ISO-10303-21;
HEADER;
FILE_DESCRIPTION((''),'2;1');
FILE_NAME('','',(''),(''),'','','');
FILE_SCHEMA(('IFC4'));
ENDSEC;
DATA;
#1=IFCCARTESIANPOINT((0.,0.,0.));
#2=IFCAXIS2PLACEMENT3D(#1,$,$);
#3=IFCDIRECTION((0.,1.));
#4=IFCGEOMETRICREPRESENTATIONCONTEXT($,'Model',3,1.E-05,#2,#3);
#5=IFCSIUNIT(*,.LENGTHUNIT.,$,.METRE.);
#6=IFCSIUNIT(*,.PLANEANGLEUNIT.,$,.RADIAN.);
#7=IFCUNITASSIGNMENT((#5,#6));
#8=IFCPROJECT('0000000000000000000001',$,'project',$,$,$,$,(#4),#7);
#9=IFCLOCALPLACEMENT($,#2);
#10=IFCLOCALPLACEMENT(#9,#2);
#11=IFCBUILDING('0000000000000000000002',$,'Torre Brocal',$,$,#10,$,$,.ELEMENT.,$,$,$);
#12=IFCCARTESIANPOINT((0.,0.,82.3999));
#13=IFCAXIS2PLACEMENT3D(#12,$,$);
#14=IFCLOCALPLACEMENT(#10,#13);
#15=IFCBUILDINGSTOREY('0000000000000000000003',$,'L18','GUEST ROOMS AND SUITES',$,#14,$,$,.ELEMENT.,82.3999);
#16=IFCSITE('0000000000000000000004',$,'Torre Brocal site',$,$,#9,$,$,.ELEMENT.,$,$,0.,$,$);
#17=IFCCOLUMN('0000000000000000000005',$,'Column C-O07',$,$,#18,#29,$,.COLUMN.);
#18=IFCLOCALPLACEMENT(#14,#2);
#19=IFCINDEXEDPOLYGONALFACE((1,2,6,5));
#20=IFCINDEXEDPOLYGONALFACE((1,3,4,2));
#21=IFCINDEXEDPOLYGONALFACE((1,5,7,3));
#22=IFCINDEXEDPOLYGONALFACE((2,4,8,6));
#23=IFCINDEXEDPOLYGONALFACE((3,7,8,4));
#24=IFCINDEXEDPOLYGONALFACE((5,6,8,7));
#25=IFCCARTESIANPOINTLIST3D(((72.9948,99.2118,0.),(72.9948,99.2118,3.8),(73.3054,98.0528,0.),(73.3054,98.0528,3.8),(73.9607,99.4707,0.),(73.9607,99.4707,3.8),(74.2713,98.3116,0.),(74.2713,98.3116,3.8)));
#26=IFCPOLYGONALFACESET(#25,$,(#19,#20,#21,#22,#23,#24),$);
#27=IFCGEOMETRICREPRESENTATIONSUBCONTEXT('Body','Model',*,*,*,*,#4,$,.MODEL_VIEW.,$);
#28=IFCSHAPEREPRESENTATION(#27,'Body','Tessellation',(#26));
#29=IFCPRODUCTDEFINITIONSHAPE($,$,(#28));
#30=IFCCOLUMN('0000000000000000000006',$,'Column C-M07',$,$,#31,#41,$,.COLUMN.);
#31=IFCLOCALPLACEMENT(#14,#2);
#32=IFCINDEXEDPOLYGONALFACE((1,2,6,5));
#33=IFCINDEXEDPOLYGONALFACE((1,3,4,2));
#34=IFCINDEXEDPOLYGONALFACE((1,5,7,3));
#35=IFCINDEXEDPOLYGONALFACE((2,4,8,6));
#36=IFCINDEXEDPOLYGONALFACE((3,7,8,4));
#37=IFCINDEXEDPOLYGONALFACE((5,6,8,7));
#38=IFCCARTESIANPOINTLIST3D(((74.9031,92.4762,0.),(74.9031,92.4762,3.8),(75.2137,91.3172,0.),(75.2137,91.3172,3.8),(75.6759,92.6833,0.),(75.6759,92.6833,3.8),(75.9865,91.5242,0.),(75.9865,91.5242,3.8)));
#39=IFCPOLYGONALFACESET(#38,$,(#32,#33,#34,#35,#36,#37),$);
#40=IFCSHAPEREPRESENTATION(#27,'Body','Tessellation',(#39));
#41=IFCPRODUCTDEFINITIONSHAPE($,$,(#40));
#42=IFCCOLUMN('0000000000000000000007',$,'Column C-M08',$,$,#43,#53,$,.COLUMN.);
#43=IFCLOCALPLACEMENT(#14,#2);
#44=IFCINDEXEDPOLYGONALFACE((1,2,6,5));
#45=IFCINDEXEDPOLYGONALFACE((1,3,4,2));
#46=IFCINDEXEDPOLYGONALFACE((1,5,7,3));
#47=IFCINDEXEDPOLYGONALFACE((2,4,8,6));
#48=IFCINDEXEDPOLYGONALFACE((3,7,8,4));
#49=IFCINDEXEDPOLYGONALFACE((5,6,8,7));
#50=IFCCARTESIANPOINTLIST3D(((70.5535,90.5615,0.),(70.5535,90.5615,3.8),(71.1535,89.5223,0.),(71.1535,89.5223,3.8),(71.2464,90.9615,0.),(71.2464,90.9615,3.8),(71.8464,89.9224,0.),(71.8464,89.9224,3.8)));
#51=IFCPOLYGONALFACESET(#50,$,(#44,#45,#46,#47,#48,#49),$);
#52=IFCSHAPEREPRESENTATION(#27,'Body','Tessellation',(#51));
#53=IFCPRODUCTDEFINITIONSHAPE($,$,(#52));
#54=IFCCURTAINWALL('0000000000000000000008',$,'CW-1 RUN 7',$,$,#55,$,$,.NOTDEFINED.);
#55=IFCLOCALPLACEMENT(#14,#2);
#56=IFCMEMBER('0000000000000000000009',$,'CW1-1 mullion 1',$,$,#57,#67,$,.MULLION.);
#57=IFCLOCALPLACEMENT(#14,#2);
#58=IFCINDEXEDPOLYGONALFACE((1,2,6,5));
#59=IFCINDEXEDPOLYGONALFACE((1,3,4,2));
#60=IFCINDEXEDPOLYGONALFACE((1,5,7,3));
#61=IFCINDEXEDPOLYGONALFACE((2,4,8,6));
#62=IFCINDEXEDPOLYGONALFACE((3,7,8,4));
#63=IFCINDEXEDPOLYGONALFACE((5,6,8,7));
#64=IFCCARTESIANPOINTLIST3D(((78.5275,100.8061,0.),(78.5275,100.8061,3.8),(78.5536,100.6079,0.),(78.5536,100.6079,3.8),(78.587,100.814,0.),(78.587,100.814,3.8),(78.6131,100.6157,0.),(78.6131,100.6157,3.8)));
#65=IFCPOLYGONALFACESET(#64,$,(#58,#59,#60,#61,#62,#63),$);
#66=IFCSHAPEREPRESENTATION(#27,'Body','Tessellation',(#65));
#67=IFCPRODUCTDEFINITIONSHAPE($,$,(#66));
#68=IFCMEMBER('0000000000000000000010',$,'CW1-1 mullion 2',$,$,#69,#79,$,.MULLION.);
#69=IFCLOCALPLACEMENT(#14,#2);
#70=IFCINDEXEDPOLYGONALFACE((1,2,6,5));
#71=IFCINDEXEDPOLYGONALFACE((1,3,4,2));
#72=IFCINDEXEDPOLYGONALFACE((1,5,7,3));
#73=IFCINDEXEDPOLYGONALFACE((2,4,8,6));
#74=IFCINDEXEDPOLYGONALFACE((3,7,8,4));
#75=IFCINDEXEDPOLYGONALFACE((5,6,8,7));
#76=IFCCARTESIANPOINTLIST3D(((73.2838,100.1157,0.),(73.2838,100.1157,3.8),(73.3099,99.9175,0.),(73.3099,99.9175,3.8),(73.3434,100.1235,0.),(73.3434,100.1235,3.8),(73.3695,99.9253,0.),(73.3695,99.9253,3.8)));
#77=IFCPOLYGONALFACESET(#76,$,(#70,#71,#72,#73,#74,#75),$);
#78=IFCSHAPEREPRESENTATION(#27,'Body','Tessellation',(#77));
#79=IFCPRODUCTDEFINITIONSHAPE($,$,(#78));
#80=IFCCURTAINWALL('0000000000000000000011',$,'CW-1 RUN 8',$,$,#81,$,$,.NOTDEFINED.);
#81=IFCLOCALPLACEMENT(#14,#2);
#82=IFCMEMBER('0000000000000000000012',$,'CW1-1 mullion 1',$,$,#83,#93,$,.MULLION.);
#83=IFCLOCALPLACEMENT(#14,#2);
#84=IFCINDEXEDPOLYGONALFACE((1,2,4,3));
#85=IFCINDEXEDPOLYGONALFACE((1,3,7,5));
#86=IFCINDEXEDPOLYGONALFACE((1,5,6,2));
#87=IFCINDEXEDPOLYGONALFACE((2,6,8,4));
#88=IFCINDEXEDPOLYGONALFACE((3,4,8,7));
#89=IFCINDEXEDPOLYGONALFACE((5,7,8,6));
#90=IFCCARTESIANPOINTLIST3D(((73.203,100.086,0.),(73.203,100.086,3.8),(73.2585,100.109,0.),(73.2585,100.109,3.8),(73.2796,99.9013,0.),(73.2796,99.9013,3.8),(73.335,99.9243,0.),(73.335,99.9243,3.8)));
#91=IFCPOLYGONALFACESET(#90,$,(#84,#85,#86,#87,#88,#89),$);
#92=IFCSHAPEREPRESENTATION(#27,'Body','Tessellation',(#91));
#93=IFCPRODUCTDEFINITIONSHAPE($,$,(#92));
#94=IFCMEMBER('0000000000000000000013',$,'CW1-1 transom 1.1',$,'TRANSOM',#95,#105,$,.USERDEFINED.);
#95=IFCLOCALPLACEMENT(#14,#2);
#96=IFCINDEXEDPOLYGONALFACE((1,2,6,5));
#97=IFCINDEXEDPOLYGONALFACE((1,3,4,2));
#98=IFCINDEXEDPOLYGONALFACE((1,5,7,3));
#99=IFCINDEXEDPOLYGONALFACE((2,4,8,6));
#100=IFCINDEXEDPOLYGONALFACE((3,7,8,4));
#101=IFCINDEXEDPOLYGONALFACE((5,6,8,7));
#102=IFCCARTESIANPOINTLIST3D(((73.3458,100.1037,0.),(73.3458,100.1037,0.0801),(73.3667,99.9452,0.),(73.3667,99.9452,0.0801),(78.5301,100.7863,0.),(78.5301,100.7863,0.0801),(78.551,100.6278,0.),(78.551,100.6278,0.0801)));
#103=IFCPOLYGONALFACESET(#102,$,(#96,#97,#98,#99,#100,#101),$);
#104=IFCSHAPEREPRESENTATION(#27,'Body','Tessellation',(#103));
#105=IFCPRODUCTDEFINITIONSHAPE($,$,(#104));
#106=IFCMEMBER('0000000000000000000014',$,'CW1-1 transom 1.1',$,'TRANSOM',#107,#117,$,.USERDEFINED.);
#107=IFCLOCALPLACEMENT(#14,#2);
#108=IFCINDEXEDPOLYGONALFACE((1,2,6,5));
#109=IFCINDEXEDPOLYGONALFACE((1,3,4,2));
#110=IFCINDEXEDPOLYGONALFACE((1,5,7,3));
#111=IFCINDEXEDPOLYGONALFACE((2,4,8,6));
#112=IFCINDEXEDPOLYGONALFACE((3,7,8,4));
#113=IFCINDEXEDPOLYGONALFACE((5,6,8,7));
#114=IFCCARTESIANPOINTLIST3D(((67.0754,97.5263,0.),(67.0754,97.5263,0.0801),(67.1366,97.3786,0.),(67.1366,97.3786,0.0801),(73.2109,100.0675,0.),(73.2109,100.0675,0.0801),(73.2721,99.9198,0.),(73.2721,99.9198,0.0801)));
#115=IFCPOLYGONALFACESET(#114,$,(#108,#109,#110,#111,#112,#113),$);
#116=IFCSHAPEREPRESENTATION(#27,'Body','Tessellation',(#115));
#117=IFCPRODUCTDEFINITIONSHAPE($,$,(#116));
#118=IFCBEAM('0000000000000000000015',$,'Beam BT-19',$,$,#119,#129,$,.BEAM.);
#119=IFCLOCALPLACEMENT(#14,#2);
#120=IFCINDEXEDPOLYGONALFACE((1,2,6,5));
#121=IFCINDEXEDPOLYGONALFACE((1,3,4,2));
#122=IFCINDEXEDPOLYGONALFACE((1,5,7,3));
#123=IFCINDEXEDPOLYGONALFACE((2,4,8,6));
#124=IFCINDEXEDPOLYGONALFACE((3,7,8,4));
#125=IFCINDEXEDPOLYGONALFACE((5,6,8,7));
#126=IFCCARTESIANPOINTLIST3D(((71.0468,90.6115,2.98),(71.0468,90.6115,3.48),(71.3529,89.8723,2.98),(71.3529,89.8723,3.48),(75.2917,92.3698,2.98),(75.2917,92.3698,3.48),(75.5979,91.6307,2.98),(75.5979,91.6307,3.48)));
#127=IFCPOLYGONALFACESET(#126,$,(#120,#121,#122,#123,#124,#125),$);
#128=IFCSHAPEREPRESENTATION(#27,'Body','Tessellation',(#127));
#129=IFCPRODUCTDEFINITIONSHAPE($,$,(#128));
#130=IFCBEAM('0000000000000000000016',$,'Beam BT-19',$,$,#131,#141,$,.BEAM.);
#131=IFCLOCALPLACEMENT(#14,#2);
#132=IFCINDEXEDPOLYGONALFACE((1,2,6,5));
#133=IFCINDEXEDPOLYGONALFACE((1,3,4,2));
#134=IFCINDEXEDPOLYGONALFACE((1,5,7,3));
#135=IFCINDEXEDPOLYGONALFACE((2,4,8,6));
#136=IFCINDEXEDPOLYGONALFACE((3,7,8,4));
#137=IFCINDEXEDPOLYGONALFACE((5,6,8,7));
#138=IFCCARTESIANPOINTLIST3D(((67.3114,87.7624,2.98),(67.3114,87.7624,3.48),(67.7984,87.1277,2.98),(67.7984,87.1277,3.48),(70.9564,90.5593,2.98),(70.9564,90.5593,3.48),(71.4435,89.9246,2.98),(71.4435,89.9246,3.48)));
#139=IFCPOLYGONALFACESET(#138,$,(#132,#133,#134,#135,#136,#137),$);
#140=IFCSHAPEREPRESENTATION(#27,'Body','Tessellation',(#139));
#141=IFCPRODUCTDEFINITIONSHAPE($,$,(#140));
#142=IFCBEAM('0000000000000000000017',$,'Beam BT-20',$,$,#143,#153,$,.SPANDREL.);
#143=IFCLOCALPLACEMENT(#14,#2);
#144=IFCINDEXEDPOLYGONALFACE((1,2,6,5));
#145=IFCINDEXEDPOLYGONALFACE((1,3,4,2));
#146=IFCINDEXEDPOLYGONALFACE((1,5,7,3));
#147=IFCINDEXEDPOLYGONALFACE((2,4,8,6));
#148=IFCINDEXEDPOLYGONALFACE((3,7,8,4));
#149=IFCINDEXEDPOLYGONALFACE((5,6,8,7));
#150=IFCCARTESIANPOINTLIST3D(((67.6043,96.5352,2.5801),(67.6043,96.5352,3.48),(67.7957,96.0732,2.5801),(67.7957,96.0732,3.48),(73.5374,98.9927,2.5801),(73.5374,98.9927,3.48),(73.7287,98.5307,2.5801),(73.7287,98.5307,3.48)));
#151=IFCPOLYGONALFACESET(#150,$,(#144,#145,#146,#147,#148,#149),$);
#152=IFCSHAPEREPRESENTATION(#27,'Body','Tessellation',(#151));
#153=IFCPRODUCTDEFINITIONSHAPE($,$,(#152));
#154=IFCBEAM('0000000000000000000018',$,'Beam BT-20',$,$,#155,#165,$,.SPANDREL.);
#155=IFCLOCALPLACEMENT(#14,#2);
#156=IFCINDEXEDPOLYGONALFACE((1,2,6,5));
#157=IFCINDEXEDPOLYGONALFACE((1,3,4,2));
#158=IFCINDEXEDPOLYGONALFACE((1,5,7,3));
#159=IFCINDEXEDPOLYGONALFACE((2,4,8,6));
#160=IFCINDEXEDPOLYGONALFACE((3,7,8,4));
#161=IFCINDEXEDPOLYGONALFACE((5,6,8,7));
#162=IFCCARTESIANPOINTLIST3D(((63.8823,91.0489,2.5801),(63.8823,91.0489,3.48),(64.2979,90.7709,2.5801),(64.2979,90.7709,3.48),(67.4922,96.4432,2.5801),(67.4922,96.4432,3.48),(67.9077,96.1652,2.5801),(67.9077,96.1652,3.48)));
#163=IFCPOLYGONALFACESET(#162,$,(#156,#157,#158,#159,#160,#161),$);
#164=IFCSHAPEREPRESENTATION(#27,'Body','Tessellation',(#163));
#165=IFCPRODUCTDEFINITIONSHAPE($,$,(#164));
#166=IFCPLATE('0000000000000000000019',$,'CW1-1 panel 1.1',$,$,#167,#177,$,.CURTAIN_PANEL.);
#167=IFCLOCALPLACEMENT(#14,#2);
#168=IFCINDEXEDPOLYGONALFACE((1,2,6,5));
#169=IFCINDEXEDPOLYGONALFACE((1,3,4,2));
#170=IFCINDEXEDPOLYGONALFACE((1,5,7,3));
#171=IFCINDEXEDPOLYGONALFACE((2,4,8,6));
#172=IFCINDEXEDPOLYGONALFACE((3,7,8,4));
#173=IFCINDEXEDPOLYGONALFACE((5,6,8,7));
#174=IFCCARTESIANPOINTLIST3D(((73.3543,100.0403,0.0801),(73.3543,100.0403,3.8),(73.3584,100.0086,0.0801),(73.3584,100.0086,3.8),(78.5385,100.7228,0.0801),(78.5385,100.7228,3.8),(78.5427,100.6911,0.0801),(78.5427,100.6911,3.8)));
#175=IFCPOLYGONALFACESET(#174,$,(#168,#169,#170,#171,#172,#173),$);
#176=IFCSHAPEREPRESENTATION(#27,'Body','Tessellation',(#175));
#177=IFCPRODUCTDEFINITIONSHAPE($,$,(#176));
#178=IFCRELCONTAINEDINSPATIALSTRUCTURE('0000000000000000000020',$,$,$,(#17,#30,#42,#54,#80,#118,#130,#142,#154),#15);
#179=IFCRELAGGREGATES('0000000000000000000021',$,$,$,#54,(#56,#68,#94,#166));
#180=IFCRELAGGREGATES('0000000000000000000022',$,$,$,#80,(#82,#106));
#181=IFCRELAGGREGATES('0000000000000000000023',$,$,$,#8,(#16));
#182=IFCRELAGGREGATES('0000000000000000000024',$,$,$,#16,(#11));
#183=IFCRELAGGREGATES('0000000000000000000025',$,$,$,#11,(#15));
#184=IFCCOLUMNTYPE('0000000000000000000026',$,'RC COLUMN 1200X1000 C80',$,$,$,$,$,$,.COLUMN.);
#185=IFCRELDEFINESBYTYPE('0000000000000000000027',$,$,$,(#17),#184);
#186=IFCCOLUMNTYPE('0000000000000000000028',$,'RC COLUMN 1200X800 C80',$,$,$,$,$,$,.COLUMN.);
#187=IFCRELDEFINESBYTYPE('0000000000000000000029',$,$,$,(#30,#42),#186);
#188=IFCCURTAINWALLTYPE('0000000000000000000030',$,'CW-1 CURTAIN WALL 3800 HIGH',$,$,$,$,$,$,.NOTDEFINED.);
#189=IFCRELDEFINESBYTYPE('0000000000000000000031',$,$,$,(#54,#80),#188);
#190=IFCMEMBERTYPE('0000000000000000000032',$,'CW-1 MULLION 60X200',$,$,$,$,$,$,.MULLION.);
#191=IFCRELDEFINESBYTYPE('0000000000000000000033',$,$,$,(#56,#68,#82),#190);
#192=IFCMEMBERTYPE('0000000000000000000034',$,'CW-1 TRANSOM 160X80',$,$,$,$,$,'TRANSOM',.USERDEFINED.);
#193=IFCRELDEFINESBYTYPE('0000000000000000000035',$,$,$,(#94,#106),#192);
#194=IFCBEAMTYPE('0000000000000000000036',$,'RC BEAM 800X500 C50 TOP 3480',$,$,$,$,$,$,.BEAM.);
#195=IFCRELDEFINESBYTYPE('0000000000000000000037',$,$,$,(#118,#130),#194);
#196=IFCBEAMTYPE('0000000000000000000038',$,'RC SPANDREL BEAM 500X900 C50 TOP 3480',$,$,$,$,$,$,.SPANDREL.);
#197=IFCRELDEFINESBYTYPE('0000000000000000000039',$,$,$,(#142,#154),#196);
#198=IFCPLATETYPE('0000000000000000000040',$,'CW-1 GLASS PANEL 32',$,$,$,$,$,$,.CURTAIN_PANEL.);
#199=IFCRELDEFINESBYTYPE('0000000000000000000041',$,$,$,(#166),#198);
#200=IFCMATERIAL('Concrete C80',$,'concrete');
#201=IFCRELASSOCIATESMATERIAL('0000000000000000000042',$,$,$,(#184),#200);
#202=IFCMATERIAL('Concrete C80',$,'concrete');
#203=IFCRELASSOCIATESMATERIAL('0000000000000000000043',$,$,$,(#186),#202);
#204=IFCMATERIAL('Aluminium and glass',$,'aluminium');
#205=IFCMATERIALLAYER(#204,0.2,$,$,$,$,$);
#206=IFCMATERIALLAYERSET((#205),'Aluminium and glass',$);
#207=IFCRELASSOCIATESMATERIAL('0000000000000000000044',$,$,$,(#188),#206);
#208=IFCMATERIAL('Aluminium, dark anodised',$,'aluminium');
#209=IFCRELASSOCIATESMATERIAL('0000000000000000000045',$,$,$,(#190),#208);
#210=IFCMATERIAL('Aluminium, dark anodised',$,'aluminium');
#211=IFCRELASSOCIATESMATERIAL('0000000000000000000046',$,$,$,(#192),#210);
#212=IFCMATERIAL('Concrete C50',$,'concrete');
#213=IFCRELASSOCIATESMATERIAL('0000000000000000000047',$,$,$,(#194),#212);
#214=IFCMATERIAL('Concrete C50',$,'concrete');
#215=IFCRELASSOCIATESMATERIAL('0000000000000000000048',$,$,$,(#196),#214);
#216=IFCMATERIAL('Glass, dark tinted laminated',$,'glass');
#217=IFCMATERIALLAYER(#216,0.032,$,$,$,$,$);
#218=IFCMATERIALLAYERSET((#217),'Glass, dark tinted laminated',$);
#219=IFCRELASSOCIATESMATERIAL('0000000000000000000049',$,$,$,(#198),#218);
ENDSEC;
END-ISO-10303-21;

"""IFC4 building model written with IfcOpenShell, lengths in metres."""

from ifc_helpers import new_model, si_unit, direction, frame, origin, origin_2d, place, context, subcontext, project, spatial, rectangle, extrude, material, layer, layer_set, material_profile, profile_set, type_object, element, aggregate, save


model = new_model("IFC4")

# Units and contexts
model_context = context("Model", 3, precision=1e-05, world=origin(), true_north=direction((0.0, 1.0)))
body_context = subcontext(model_context, "Body", "Model", "MODEL_VIEW")
ifc_project = project(units=[si_unit("LENGTHUNIT", "METRE"), si_unit("PLANEANGLEUNIT", "RADIAN")], contexts=[model_context])

# Site, building, storey
site_placement = place(None, origin())
site = spatial("IfcSite", under=ifc_project, at=site_placement, Name="Torre Brocal site", CompositionType="ELEMENT", RefElevation=0.0)
building_placement = place(site_placement, origin())
building = spatial("IfcBuilding", under=site, at=building_placement, Name="Torre Brocal", CompositionType="ELEMENT")
storey_placement = place(building_placement, frame((0.0, 0.0, 82.3999)))
storey = spatial("IfcBuildingStorey", under=building, at=storey_placement, Name="L18", Description="GUEST ROOMS AND SUITES", CompositionType="ELEMENT", Elevation=82.3999)

# Columns
ifc_material_1 = material(Name="Concrete C80", Category="concrete")
ifc_material_profile_1 = material_profile(ifc_material_1, rectangle(XDim=1.2, YDim=1.0, at=origin_2d()), Name="RC 1200X1000")
ifc_profile_set_1 = profile_set([ifc_material_profile_1], Name="Concrete C80")
column_type_1 = type_object("IfcColumnType", Name="RC COLUMN 1200X1000 C80", PredefinedType="COLUMN", material=ifc_profile_set_1)
column_placement = place(storey_placement, frame((73.6331, 98.7617, 0.0), z_axis=(0.0, 0.0, 1.0), x_axis=(-0.258819, 0.965926, 0.0)))
element("IfcColumn", 1, at=column_placement, inside=storey, type_object=column_type_1, Name="Column C-O07", PredefinedType="COLUMN", context=body_context, shape_type="SweptSolid", body=[
    extrude(rectangle(XDim=1.2, YDim=1.0, at=origin_2d()), origin(), (0.0, 0.0, 1.0), 3.8),
])
ifc_material_2 = material(Name="Concrete C80", Category="concrete")
ifc_material_profile_2 = material_profile(ifc_material_2, rectangle(XDim=1.2, YDim=0.8, at=origin_2d()), Name="RC 1200X800")
ifc_profile_set_2 = profile_set([ifc_material_profile_2], Name="Concrete C80")
column_type_2 = type_object("IfcColumnType", Name="RC COLUMN 1200X800 C80", PredefinedType="COLUMN", material=ifc_profile_set_2)
for number, where, z_axis, x_axis, name in (
    (2, (75.4448, 92.0002, 0.0), (0.0, 0.0, 1.0), (-0.258819, 0.965926, 0.0), "Column C-M07"),
    (3, (71.2, 90.2419, 0.0), (0.0, 0.0, 1.0), (-0.5, 0.866025, 0.0), "Column C-M08"),
):
    element("IfcColumn", number, at=place(storey_placement, frame(where, z_axis=z_axis, x_axis=x_axis)), inside=storey, type_object=column_type_2, Name=name, PredefinedType="COLUMN", context=body_context, shape_type="SweptSolid", body=[
        extrude(rectangle(XDim=1.2, YDim=0.8, at=origin_2d()), origin(), (0.0, 0.0, 1.0), 3.8),
    ])

# Curtain wall, members
ifc_material_3 = material(Name="Aluminium and glass", Category="aluminium")
ifc_layer_1 = layer(ifc_material_3, 0.2)
ifc_layer_set_1 = layer_set([ifc_layer_1], Name="Aluminium and glass")
curtain_wall_type = type_object("IfcCurtainWallType", Name="CW-1 CURTAIN WALL 3800 HIGH", PredefinedType="NOTDEFINED", material=ifc_layer_set_1)
curtain_wall_1_placement = place(storey_placement, origin())
curtain_wall_1 = element("IfcCurtainWall", 4, at=curtain_wall_1_placement, inside=storey, type_object=curtain_wall_type, Name="CW-1 RUN 7", PredefinedType="NOTDEFINED")
ifc_material_4 = material(Name="Aluminium, dark anodised", Category="aluminium")
ifc_material_profile_3 = material_profile(ifc_material_4, rectangle(XDim=0.2, YDim=0.0601, at=origin_2d()), Name="CW-1 MULLION 60X200")
ifc_profile_set_3 = profile_set([ifc_material_profile_3], Name="Aluminium, dark anodised")
member_type_1 = type_object("IfcMemberType", Name="CW-1 MULLION 60X200", PredefinedType="MULLION", material=ifc_profile_set_3)
member_1_placement = place(storey_placement, frame((78.5703, 100.7109, 0.0), z_axis=(0.0, 0.0, 1.0), x_axis=(0.130526, -0.991445, 0.0)))
member_1 = element("IfcMember", 5, at=member_1_placement, type_object=member_type_1, Name="CW1-1 mullion 1", PredefinedType="MULLION", context=body_context, shape_type="SweptSolid", body=[
    extrude(rectangle(XDim=0.2, YDim=0.0601, at=origin_2d()), origin(), (0.0, 0.0, 1.0), 3.8),
])
member_2_placement = place(storey_placement, frame((73.3267, 100.0205, 0.0), z_axis=(0.0, 0.0, 1.0), x_axis=(0.130526, -0.991445, 0.0)))
member_2 = element("IfcMember", 6, at=member_2_placement, type_object=member_type_1, Name="CW1-1 mullion 2", PredefinedType="MULLION", context=body_context, shape_type="SweptSolid", body=[
    extrude(rectangle(XDim=0.2, YDim=0.0601, at=origin_2d()), origin(), (0.0, 0.0, 1.0), 3.8),
])

# Curtain wall, member
curtain_wall_2_placement = place(storey_placement, origin())
curtain_wall_2 = element("IfcCurtainWall", 7, at=curtain_wall_2_placement, inside=storey, type_object=curtain_wall_type, Name="CW-1 RUN 8", PredefinedType="NOTDEFINED")
member_3_placement = place(storey_placement, frame((73.269, 100.0051, 0.0), z_axis=(0.0, 0.0, 1.0), x_axis=(0.382683, -0.92388, 0.0)))
member_3 = element("IfcMember", 8, at=member_3_placement, type_object=member_type_1, Name="CW1-1 mullion 1", PredefinedType="MULLION", context=body_context, shape_type="SweptSolid", body=[
    extrude(rectangle(XDim=0.2, YDim=0.0601, at=origin_2d()), origin(), (0.0, 0.0, 1.0), 3.8),
])

# Members
ifc_material_5 = material(Name="Aluminium, dark anodised", Category="aluminium")
ifc_material_profile_4 = material_profile(ifc_material_5, rectangle(XDim=0.1599, YDim=0.0801, at=origin_2d()), Name="CW-1 TRANSOM 160X80")
ifc_profile_set_4 = profile_set([ifc_material_profile_4], Name="Aluminium, dark anodised")
member_type_2 = type_object("IfcMemberType", Name="CW-1 TRANSOM 160X80", ElementType="TRANSOM", PredefinedType="USERDEFINED", material=ifc_profile_set_4)
member_4_placement = place(storey_placement, frame((78.5405, 100.707, 0.04), z_axis=(-0.991443, -0.130543, 0.0), x_axis=(0.130543, -0.991443, 0.0)))
member_4 = element("IfcMember", 9, at=member_4_placement, type_object=member_type_2, Name="CW1-1 transom 1.1", ObjectType="TRANSOM", PredefinedType="USERDEFINED", context=body_context, shape_type="SweptSolid", body=[
    extrude(rectangle(XDim=0.1599, YDim=0.0801, at=origin_2d()), origin(), (0.0, 0.0, 1.0), 5.229),
])
member_5_placement = place(storey_placement, frame((73.2415, 99.9937, 0.04), z_axis=(-0.923887, -0.382665, 0.0), x_axis=(0.382665, -0.923887, 0.0)))
member_5 = element("IfcMember", 10, at=member_5_placement, type_object=member_type_2, Name="CW1-1 transom 1.1", ObjectType="TRANSOM", PredefinedType="USERDEFINED", context=body_context, shape_type="SweptSolid", body=[
    extrude(rectangle(XDim=0.1599, YDim=0.0801, at=origin_2d()), origin(), (0.0, 0.0, 1.0), 6.6409),
])

# Beams
ifc_material_6 = material(Name="Concrete C50", Category="concrete")
ifc_material_profile_5 = material_profile(ifc_material_6, rectangle(XDim=0.8, YDim=0.5, at=origin_2d()), Name="RC 800X500")
ifc_profile_set_5 = profile_set([ifc_material_profile_5], Name="Concrete C50")
beam_type_1 = type_object("IfcBeamType", Name="RC BEAM 800X500 C50 TOP 3480", PredefinedType="BEAM", material=ifc_profile_set_5)
beam_1_placement = place(storey_placement, frame((75.4448, 92.0002, 3.23), z_axis=(-0.923878, -0.382687, 0.0), x_axis=(0.382687, -0.923878, 0.0)))
element("IfcBeam", 11, at=beam_1_placement, inside=storey, type_object=beam_type_1, Name="Beam BT-19", PredefinedType="BEAM", context=body_context, shape_type="SweptSolid", body=[
    extrude(rectangle(XDim=0.8, YDim=0.5, at=origin_2d()), origin(), (0.0, 0.0, 1.0), 4.5947),
])
beam_2_placement = place(storey_placement, frame((71.2, 90.2419, 3.23), z_axis=(-0.793358, -0.608755, 0.0), x_axis=(0.608755, -0.793358, 0.0)))
element("IfcBeam", 12, at=beam_2_placement, inside=storey, type_object=beam_type_1, Name="Beam BT-19", PredefinedType="BEAM", context=body_context, shape_type="SweptSolid", body=[
    extrude(rectangle(XDim=0.8, YDim=0.5, at=origin_2d()), origin(), (0.0, 0.0, 1.0), 4.5945),
])
ifc_material_7 = material(Name="Concrete C50", Category="concrete")
ifc_material_profile_6 = material_profile(ifc_material_7, rectangle(XDim=0.5, YDim=0.8999, at=origin_2d()), Name="RC 500X900")
ifc_profile_set_6 = profile_set([ifc_material_profile_6], Name="Concrete C50")
beam_type_2 = type_object("IfcBeamType", Name="RC SPANDREL BEAM 500X900 C50 TOP 3480", PredefinedType="SPANDREL", material=ifc_profile_set_6)
beam_3_placement = place(storey_placement, frame((73.6331, 98.7617, 3.03), z_axis=(-0.923882, -0.382676, 0.0), x_axis=(0.382676, -0.923882, 0.0)))
element("IfcBeam", 13, at=beam_3_placement, inside=storey, type_object=beam_type_2, Name="Beam BT-20", PredefinedType="SPANDREL", context=body_context, shape_type="SweptSolid", body=[
    extrude(rectangle(XDim=0.5, YDim=0.8999, at=origin_2d()), origin(), (0.0, 0.0, 1.0), 6.4219),
])
beam_4_placement = place(storey_placement, frame((67.7, 96.3042, 3.03), z_axis=(-0.556158, -0.831077, 0.0), x_axis=(0.831077, -0.556158, 0.0)))
element("IfcBeam", 14, at=beam_4_placement, inside=storey, type_object=beam_type_2, Name="Beam BT-20", PredefinedType="SPANDREL", context=body_context, shape_type="SweptSolid", body=[
    extrude(rectangle(XDim=0.5, YDim=0.8999, at=origin_2d()), origin(), (0.0, 0.0, 1.0), 6.4907),
])

# Plate
ifc_material_8 = material(Name="Glass, dark tinted laminated", Category="glass")
ifc_layer_2 = layer(ifc_material_8, 0.032)
ifc_layer_set_2 = layer_set([ifc_layer_2], Name="Glass, dark tinted laminated")
plate_type = type_object("IfcPlateType", Name="CW-1 GLASS PANEL 32", PredefinedType="CURTAIN_PANEL", material=ifc_layer_set_2)
plate_1_placement = place(storey_placement, frame((75.9485, 100.3657, 0.0801), z_axis=(0.0, 0.0, 1.0), x_axis=(-0.991445, -0.130526, 0.0)))
plate_1 = element("IfcPlate", 15, at=plate_1_placement, type_object=plate_type, Name="CW1-1 panel 1.1", PredefinedType="CURTAIN_PANEL", context=body_context, shape_type="SweptSolid", body=[
    extrude(rectangle(XDim=5.229, YDim=0.032, at=origin_2d()), origin(), (0.0, 0.0, 1.0), 3.72),
])
aggregate(curtain_wall_1, [member_1, member_2, member_4, plate_1])
aggregate(curtain_wall_2, [member_3, member_5])

save(model, "model.ifc")
